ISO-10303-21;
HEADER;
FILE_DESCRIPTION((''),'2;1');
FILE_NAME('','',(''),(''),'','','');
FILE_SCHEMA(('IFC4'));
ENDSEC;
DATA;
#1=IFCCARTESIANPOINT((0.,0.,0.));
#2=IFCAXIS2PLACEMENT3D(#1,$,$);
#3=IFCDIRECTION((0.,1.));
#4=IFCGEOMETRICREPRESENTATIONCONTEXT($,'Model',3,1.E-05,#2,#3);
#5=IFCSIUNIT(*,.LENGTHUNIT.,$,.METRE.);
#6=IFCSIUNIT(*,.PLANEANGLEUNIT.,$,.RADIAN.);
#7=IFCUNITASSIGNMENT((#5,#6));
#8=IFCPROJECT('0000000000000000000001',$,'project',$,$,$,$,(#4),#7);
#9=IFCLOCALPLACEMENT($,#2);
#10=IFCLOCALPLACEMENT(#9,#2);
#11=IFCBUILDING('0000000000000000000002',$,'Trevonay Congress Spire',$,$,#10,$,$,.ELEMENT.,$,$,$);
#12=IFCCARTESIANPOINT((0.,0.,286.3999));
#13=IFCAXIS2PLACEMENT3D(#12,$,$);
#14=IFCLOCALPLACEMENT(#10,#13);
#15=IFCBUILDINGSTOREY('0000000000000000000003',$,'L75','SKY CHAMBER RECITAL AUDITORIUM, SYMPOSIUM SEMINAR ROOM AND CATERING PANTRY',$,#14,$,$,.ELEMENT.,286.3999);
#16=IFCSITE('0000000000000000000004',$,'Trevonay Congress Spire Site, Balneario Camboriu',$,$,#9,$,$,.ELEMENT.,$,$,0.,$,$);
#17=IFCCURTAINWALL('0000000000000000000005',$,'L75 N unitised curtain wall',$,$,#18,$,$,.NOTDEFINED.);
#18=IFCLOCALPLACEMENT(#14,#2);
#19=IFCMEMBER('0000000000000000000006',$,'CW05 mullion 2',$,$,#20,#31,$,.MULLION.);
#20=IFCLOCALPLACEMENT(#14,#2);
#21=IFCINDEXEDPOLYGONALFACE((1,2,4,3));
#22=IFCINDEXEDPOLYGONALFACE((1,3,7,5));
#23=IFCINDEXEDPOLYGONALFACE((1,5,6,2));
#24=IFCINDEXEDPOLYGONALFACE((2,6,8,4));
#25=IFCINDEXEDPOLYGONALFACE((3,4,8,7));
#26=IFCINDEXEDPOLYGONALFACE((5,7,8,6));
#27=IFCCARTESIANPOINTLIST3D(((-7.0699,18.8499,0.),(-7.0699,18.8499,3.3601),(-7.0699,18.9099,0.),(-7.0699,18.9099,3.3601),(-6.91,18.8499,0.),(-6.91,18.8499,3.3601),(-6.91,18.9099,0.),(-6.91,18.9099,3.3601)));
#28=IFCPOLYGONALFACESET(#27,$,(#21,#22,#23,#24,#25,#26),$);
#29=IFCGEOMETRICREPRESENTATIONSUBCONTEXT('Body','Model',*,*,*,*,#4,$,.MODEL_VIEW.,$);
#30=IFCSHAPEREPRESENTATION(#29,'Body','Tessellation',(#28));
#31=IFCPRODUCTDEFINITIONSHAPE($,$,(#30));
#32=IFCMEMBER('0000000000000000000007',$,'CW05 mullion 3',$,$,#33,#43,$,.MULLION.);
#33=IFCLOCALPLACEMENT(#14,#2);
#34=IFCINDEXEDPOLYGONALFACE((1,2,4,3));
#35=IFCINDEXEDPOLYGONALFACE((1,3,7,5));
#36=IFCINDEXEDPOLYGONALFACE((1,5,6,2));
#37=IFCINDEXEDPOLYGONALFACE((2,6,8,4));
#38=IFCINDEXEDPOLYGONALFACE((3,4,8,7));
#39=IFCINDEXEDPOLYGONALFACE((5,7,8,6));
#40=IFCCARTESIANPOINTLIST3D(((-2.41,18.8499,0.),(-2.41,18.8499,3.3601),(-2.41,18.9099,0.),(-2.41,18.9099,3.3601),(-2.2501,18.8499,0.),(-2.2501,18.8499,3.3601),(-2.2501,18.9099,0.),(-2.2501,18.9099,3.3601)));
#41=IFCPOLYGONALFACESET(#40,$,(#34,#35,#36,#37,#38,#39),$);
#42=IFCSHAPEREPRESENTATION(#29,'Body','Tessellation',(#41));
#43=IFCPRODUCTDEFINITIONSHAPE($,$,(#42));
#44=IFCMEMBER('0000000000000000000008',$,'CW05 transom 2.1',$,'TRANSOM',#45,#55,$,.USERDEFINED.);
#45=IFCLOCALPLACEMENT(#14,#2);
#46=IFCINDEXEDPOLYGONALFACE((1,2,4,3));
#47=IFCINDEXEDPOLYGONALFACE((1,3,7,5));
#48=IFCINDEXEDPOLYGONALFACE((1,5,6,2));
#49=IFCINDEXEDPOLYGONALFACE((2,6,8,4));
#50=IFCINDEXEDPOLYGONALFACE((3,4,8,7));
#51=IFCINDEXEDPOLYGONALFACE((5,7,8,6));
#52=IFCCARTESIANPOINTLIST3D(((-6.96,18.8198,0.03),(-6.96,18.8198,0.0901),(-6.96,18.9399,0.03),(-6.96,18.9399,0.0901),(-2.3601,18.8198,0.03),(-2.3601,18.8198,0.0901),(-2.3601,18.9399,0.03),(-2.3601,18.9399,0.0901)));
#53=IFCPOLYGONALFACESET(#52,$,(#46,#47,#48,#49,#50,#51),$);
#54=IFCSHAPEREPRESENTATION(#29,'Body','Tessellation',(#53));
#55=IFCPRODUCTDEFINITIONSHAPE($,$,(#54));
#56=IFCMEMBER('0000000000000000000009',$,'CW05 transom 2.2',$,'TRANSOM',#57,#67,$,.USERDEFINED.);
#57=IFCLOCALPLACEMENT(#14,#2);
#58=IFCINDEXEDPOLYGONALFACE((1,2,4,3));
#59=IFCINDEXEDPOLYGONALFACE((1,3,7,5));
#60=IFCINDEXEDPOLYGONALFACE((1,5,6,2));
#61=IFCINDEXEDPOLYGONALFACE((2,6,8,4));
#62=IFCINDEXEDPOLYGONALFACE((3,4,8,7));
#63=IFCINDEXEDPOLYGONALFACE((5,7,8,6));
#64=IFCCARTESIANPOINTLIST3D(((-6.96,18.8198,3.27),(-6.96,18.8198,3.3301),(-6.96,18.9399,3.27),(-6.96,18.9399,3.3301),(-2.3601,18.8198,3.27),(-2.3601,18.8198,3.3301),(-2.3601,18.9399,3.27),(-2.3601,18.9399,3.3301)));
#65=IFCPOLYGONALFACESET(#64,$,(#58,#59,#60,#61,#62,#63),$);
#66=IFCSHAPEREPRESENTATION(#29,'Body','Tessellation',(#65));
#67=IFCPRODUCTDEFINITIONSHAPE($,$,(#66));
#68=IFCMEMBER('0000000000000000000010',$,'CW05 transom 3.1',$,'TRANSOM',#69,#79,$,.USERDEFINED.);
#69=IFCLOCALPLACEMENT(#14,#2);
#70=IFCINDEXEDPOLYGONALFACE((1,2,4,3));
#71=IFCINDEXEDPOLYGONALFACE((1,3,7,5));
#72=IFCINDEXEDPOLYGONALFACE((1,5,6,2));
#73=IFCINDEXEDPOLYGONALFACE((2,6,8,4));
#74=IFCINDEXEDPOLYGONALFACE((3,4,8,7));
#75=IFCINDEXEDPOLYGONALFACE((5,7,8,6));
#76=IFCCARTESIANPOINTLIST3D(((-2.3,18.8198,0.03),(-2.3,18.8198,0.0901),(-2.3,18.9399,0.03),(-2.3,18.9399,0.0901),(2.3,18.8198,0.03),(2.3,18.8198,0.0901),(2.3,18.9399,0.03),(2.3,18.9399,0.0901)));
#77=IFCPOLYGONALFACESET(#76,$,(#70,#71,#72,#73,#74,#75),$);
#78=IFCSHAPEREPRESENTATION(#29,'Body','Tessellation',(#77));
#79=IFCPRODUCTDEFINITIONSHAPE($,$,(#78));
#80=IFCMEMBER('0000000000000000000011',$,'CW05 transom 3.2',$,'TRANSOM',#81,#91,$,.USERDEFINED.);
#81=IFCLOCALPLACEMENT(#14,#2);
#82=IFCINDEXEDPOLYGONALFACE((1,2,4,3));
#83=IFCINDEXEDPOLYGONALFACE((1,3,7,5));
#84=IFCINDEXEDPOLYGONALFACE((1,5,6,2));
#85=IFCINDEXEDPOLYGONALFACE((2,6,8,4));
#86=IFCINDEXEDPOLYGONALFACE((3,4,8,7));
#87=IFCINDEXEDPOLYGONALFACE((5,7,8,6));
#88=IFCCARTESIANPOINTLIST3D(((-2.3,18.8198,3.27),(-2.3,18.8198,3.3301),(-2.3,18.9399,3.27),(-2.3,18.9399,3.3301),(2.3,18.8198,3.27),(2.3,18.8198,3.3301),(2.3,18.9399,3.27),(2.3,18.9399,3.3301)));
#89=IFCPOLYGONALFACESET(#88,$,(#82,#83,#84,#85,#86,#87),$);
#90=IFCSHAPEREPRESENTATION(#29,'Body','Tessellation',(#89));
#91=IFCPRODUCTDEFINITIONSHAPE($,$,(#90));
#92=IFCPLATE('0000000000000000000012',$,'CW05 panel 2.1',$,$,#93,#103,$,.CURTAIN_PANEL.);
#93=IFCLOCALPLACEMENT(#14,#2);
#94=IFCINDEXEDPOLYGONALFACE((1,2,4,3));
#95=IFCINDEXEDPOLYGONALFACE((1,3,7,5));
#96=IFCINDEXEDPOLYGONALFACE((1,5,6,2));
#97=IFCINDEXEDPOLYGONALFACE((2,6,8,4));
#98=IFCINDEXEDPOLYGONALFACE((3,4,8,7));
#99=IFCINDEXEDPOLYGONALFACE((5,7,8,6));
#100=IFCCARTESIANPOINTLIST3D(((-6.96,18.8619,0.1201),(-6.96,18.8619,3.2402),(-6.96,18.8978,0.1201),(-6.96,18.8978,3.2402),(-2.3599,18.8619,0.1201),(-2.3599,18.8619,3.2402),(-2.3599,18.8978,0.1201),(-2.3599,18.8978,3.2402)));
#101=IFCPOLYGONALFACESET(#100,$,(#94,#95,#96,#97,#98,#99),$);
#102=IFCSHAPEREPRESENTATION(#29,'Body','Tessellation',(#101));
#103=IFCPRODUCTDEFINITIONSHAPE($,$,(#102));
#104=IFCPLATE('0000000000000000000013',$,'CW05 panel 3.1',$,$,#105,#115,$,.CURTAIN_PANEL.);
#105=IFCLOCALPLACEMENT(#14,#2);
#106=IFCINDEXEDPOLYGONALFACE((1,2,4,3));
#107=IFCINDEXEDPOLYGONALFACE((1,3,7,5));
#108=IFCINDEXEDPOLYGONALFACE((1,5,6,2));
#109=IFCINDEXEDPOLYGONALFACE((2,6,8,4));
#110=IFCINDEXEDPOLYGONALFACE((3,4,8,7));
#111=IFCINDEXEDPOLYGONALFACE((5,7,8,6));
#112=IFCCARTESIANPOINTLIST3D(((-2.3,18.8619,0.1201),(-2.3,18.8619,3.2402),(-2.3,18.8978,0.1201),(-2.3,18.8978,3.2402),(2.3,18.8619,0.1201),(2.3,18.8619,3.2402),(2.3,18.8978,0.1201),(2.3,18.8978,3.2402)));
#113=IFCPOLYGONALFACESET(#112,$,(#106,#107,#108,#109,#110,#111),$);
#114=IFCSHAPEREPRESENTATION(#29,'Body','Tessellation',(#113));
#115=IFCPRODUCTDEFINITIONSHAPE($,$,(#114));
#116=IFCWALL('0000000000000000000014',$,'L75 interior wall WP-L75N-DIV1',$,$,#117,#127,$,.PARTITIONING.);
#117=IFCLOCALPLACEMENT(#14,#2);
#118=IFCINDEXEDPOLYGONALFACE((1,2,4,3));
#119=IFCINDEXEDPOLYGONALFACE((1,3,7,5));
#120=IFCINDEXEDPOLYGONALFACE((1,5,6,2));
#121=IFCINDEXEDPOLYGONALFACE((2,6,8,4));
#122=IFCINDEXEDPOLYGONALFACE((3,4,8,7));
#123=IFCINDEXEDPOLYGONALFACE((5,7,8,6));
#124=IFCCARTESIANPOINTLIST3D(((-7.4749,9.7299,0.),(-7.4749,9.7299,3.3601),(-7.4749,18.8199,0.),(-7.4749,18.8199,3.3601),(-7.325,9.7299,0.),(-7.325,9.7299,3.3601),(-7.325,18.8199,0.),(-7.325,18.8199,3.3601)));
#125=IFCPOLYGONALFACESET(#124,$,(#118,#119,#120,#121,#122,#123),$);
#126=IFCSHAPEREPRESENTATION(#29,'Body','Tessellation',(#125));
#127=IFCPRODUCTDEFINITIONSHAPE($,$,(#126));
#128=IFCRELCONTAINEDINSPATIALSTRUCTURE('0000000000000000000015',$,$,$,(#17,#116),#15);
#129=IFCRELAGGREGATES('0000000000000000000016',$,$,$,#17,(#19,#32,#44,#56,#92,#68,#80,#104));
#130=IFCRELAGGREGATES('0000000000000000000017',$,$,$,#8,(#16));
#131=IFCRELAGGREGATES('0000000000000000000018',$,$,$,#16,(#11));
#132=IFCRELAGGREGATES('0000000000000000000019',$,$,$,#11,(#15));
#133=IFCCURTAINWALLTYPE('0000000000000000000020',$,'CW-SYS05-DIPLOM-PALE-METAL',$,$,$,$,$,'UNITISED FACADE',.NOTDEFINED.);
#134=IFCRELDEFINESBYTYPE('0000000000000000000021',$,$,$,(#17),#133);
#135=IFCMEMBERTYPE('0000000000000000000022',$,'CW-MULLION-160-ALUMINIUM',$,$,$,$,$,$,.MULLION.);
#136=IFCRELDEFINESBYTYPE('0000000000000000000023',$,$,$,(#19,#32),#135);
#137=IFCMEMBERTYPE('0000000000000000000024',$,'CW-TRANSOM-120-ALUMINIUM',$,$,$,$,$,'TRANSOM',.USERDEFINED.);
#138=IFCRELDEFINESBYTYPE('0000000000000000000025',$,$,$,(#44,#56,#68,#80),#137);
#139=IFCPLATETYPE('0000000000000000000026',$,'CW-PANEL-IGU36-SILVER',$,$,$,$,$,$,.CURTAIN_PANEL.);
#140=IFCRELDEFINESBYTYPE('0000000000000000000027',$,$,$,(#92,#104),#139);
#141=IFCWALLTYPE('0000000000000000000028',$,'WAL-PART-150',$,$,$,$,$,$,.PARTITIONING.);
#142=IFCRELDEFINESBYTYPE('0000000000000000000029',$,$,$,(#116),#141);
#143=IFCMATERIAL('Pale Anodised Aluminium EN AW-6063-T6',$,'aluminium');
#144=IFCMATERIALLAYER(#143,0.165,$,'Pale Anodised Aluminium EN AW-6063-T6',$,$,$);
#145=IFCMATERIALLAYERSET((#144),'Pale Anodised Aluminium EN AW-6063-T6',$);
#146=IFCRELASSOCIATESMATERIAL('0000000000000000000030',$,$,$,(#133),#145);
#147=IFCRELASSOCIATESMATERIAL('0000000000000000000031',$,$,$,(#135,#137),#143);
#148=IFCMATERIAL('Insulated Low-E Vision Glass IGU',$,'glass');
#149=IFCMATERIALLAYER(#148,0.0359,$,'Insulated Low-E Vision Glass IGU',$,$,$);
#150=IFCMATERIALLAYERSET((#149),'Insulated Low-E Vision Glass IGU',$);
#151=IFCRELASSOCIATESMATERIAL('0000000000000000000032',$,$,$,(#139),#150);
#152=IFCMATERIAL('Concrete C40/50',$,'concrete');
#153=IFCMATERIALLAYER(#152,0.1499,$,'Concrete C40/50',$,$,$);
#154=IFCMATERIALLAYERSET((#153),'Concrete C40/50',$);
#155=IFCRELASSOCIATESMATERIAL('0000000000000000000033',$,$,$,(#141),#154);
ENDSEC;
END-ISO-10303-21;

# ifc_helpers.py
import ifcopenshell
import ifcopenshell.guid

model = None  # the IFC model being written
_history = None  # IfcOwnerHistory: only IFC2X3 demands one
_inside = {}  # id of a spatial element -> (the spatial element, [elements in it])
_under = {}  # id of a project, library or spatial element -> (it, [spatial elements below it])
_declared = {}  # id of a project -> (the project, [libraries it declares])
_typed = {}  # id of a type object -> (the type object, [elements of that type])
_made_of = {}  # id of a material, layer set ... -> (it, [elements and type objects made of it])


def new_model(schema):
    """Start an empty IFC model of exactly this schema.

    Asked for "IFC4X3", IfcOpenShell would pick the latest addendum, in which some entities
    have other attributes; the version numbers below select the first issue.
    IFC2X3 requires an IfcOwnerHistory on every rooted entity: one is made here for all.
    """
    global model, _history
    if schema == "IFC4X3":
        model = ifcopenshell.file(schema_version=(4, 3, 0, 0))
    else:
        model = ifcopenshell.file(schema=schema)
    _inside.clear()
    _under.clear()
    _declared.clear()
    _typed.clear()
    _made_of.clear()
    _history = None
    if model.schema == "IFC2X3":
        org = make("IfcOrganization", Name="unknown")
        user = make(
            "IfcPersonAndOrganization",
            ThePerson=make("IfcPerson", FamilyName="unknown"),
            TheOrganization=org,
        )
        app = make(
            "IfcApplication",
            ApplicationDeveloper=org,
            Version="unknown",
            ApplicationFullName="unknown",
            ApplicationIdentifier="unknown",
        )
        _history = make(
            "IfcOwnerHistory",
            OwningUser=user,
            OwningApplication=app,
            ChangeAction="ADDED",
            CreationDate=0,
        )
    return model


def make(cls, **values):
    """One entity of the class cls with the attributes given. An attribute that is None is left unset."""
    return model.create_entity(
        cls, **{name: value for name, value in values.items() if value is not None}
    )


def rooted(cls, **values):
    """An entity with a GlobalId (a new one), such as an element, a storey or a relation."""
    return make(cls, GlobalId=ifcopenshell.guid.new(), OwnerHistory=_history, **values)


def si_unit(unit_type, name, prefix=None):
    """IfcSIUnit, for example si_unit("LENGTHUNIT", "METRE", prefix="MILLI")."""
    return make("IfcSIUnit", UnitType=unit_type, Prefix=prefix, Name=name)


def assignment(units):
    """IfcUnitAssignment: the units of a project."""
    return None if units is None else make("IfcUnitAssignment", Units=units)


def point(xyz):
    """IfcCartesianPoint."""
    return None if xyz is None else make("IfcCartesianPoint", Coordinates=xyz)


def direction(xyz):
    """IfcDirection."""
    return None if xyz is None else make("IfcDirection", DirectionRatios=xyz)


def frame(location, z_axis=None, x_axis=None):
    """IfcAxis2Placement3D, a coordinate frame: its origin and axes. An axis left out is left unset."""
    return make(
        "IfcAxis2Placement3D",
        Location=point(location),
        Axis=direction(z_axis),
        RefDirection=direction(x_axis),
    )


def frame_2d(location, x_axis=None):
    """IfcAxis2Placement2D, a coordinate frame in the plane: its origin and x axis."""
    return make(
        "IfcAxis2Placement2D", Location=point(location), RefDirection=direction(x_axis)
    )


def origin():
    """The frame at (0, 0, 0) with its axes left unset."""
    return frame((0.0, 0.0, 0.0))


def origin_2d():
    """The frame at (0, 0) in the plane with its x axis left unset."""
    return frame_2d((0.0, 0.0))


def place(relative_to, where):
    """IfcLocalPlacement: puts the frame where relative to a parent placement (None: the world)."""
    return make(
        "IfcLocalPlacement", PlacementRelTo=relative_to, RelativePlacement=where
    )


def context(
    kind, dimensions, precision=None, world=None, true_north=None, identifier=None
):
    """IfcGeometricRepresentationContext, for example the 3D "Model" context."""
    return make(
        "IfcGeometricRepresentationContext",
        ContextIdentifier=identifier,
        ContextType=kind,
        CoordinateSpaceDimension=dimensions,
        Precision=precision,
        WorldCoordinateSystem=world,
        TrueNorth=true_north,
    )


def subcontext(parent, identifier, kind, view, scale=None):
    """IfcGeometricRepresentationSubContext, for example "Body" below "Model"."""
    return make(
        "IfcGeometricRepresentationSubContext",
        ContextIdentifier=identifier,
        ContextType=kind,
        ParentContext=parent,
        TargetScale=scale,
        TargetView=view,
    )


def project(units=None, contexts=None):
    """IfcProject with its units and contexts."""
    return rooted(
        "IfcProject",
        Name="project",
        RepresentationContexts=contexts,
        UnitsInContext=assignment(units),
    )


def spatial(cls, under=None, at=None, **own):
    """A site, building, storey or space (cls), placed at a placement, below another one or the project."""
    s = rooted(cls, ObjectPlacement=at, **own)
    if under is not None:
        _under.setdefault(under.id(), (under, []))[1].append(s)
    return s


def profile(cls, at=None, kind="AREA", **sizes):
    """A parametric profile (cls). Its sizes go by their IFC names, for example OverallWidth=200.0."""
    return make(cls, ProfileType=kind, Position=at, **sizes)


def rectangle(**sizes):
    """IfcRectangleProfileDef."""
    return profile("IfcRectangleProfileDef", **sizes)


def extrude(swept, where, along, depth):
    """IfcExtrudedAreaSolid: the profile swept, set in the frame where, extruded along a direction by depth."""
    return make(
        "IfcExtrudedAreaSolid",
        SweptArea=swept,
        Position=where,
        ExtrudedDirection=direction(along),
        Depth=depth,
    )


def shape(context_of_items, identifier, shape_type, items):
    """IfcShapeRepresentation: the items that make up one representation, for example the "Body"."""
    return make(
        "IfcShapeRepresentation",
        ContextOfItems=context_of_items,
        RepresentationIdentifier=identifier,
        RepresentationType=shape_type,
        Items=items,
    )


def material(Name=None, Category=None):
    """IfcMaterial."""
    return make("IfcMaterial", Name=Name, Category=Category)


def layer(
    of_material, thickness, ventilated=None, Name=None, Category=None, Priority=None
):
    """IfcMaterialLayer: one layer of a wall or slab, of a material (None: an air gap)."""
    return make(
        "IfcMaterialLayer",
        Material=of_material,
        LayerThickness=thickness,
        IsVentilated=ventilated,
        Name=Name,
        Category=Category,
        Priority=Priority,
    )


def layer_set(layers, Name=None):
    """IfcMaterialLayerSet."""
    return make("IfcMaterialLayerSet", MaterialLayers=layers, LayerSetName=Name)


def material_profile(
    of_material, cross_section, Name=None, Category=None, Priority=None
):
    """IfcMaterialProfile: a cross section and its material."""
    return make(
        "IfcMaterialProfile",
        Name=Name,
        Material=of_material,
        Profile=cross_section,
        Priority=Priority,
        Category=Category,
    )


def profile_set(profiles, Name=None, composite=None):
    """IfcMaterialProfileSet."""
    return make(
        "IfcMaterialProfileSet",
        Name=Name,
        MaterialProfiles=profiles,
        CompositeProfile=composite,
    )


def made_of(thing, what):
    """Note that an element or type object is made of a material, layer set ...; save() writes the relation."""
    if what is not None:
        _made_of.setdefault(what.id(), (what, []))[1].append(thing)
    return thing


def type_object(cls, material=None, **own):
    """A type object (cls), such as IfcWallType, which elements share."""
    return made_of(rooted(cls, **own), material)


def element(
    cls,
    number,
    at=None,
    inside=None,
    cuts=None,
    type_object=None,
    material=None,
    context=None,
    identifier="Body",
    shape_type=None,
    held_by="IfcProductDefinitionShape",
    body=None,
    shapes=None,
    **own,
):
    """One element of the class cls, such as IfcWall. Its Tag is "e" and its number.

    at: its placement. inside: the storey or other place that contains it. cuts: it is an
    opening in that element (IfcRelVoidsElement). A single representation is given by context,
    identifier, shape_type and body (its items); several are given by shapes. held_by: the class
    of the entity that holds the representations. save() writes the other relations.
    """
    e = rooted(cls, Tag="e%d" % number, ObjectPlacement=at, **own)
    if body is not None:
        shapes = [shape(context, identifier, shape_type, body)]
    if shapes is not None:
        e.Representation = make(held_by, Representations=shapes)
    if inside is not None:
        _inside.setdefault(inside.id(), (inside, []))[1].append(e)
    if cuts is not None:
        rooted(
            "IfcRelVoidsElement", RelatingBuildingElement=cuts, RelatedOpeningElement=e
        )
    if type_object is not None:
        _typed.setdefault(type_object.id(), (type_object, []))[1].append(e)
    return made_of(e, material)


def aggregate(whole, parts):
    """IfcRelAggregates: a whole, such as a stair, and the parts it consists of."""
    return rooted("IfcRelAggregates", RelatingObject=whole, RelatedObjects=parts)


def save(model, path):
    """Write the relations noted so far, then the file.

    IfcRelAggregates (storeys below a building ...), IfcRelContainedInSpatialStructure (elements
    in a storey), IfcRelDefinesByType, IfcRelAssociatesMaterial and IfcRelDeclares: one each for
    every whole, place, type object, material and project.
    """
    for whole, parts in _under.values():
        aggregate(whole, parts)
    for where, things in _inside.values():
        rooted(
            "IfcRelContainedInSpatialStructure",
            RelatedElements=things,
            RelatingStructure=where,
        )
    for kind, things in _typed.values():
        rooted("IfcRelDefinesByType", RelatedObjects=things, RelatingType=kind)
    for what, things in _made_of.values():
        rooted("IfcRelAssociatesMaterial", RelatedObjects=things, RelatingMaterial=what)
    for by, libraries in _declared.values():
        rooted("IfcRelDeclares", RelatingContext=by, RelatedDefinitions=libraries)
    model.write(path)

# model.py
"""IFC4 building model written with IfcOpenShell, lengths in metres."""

from ifc_helpers import new_model, si_unit, direction, frame, frame_2d, origin, origin_2d, place, context, subcontext, project, spatial, rectangle, extrude, material, layer, layer_set, material_profile, profile_set, type_object, element, aggregate, save


model = new_model("IFC4")

# Units and contexts
model_context = context("Model", 3, precision=1e-05, world=origin(), true_north=direction((0.0, 1.0)))
body_context = subcontext(model_context, "Body", "Model", "MODEL_VIEW")
ifc_project = project(units=[si_unit("LENGTHUNIT", "METRE"), si_unit("PLANEANGLEUNIT", "RADIAN")], contexts=[model_context])

# Site, building, storey
site_placement = place(None, origin())
site = spatial("IfcSite", under=ifc_project, at=site_placement, Name="Trevonay Congress Spire Site, Balneario Camboriu", CompositionType="ELEMENT", RefElevation=0.0)
building_placement = place(site_placement, origin())
building = spatial("IfcBuilding", under=site, at=building_placement, Name="Trevonay Congress Spire", CompositionType="ELEMENT")
storey_placement = place(building_placement, frame((0.0, 0.0, 286.3999)))
storey = spatial("IfcBuildingStorey", under=building, at=storey_placement, Name="L75", Description="SKY CHAMBER RECITAL AUDITORIUM, SYMPOSIUM SEMINAR ROOM AND CATERING PANTRY", CompositionType="ELEMENT", Elevation=286.3999)

# Curtain wall, members, plates
ifc_material_1 = material(Name="Pale Anodised Aluminium EN AW-6063-T6", Category="aluminium")
ifc_layer_1 = layer(ifc_material_1, 0.165, Name="Pale Anodised Aluminium EN AW-6063-T6")
ifc_layer_set_1 = layer_set([ifc_layer_1], Name="Pale Anodised Aluminium EN AW-6063-T6")
curtain_wall_type = type_object("IfcCurtainWallType", Name="CW-SYS05-DIPLOM-PALE-METAL", ElementType="UNITISED FACADE", PredefinedType="NOTDEFINED", material=ifc_layer_set_1)
curtain_wall_placement = place(storey_placement, origin())
curtain_wall = element("IfcCurtainWall", 1, at=curtain_wall_placement, inside=storey, type_object=curtain_wall_type, Name="L75 N unitised curtain wall", PredefinedType="NOTDEFINED")
ifc_material_profile_1 = material_profile(ifc_material_1, rectangle(XDim=0.0601, YDim=0.1599, at=origin_2d()), Name="CW-MULLION-160-ALUMINIUM")
ifc_profile_set_1 = profile_set([ifc_material_profile_1], Name="Pale Anodised Aluminium EN AW-6063-T6")
member_type_1 = type_object("IfcMemberType", Name="CW-MULLION-160-ALUMINIUM", PredefinedType="MULLION", material=ifc_profile_set_1)
member_1_placement = place(storey_placement, frame((-6.99, 18.8799, 0.0), z_axis=(0.0, 0.0, 1.0), x_axis=(0.0, 1.0, 0.0)))
member_1 = element("IfcMember", 2, at=member_1_placement, type_object=member_type_1, Name="CW05 mullion 2", PredefinedType="MULLION", context=body_context, shape_type="SweptSolid", body=[
    extrude(rectangle(XDim=0.0601, YDim=0.1599, at=origin_2d()), origin(), (0.0, 0.0, 1.0), 3.3601),
])
member_2_placement = place(storey_placement, frame((-2.3301, 18.8799, 0.0), z_axis=(0.0, 0.0, 1.0), x_axis=(0.0, 1.0, 0.0)))
member_2 = element("IfcMember", 3, at=member_2_placement, type_object=member_type_1, Name="CW05 mullion 3", PredefinedType="MULLION", context=body_context, shape_type="SweptSolid", body=[
    extrude(rectangle(XDim=0.0601, YDim=0.1599, at=origin_2d()), origin(), (0.0, 0.0, 1.0), 3.3601),
])
ifc_material_profile_2 = material_profile(ifc_material_1, rectangle(XDim=0.1201, YDim=0.0601, at=origin_2d()), Name="CW-TRANSOM-120-ALUMINIUM")
ifc_profile_set_2 = profile_set([ifc_material_profile_2], Name="Pale Anodised Aluminium EN AW-6063-T6")
member_type_2 = type_object("IfcMemberType", Name="CW-TRANSOM-120-ALUMINIUM", ElementType="TRANSOM", PredefinedType="USERDEFINED", material=ifc_profile_set_2)
member_3_placement = place(storey_placement, frame((-6.96, 18.8799, 0.0601), z_axis=(1.0, 0.0, 0.0), x_axis=(0.0, 1.0, 0.0)))
member_3 = element("IfcMember", 4, at=member_3_placement, type_object=member_type_2, Name="CW05 transom 2.1", ObjectType="TRANSOM", PredefinedType="USERDEFINED", context=body_context, shape_type="SweptSolid", body=[
    extrude(rectangle(XDim=0.1201, YDim=0.0601, at=origin_2d()), origin(), (0.0, 0.0, 1.0), 4.5999),
])
member_4_placement = place(storey_placement, frame((-6.96, 18.8799, 3.3), z_axis=(1.0, 0.0, 0.0), x_axis=(0.0, 1.0, 0.0)))
member_4 = element("IfcMember", 5, at=member_4_placement, type_object=member_type_2, Name="CW05 transom 2.2", ObjectType="TRANSOM", PredefinedType="USERDEFINED", context=body_context, shape_type="SweptSolid", body=[
    extrude(rectangle(XDim=0.1201, YDim=0.0601, at=origin_2d()), origin(), (0.0, 0.0, 1.0), 4.5999),
])
member_5_placement = place(storey_placement, frame((-2.3, 18.8799, 0.0601), z_axis=(1.0, 0.0, 0.0), x_axis=(0.0, 1.0, 0.0)))
member_5 = element("IfcMember", 6, at=member_5_placement, type_object=member_type_2, Name="CW05 transom 3.1", ObjectType="TRANSOM", PredefinedType="USERDEFINED", context=body_context, shape_type="SweptSolid", body=[
    extrude(rectangle(XDim=0.1201, YDim=0.0601, at=origin_2d()), origin(), (0.0, 0.0, 1.0), 4.6001),
])
member_6_placement = place(storey_placement, frame((-2.3, 18.8799, 3.3), z_axis=(1.0, 0.0, 0.0), x_axis=(0.0, 1.0, 0.0)))
member_6 = element("IfcMember", 7, at=member_6_placement, type_object=member_type_2, Name="CW05 transom 3.2", ObjectType="TRANSOM", PredefinedType="USERDEFINED", context=body_context, shape_type="SweptSolid", body=[
    extrude(rectangle(XDim=0.1201, YDim=0.0601, at=origin_2d()), origin(), (0.0, 0.0, 1.0), 4.6001),
])
ifc_material_2 = material(Name="Insulated Low-E Vision Glass IGU", Category="glass")
ifc_layer_2 = layer(ifc_material_2, 0.0359, Name="Insulated Low-E Vision Glass IGU")
ifc_layer_set_2 = layer_set([ifc_layer_2], Name="Insulated Low-E Vision Glass IGU")
plate_type = type_object("IfcPlateType", Name="CW-PANEL-IGU36-SILVER", PredefinedType="CURTAIN_PANEL", material=ifc_layer_set_2)
plate_1_placement = place(storey_placement, frame((-4.6599, 18.8799, 0.1201), z_axis=(0.0, 0.0, 1.0), x_axis=(1.0, 0.0, 0.0)))
plate_1 = element("IfcPlate", 8, at=plate_1_placement, type_object=plate_type, Name="CW05 panel 2.1", PredefinedType="CURTAIN_PANEL", context=body_context, shape_type="SweptSolid", body=[
    extrude(rectangle(XDim=4.6001, YDim=0.0359, at=origin_2d()), origin(), (0.0, 0.0, 1.0), 3.1201),
])
plate_2_placement = place(storey_placement, frame((0.0, 18.8799, 0.1201), z_axis=(0.0, 0.0, 1.0), x_axis=(1.0, 0.0, 0.0)))
plate_2 = element("IfcPlate", 9, at=plate_2_placement, type_object=plate_type, Name="CW05 panel 3.1", PredefinedType="CURTAIN_PANEL", context=body_context, shape_type="SweptSolid", body=[
    extrude(rectangle(XDim=4.6001, YDim=0.0359, at=origin_2d()), origin(), (0.0, 0.0, 1.0), 3.1201),
])
aggregate(curtain_wall, [member_1, member_2, member_3, member_4, plate_1, member_5, member_6, plate_2])

# Wall
ifc_material_3 = material(Name="Concrete C40/50", Category="concrete")
ifc_layer_3 = layer(ifc_material_3, 0.1499, Name="Concrete C40/50")
ifc_layer_set_3 = layer_set([ifc_layer_3], Name="Concrete C40/50")
wall_type = type_object("IfcWallType", Name="WAL-PART-150", PredefinedType="PARTITIONING", material=ifc_layer_set_3)
wall_placement = place(storey_placement, frame((-7.3999, 9.73, 0.0), z_axis=(0.0, 0.0, 1.0), x_axis=(0.0, 1.0, 0.0)))
element("IfcWall", 10, at=wall_placement, inside=storey, type_object=wall_type, Name="L75 interior wall WP-L75N-DIV1", PredefinedType="PARTITIONING", context=body_context, shape_type="SweptSolid", body=[
    extrude(rectangle(XDim=9.0901, YDim=0.1499, at=frame_2d((4.5449, 0.0))), origin(), (0.0, 0.0, 1.0), 3.3601),
])

save(model, "model.ifc")
